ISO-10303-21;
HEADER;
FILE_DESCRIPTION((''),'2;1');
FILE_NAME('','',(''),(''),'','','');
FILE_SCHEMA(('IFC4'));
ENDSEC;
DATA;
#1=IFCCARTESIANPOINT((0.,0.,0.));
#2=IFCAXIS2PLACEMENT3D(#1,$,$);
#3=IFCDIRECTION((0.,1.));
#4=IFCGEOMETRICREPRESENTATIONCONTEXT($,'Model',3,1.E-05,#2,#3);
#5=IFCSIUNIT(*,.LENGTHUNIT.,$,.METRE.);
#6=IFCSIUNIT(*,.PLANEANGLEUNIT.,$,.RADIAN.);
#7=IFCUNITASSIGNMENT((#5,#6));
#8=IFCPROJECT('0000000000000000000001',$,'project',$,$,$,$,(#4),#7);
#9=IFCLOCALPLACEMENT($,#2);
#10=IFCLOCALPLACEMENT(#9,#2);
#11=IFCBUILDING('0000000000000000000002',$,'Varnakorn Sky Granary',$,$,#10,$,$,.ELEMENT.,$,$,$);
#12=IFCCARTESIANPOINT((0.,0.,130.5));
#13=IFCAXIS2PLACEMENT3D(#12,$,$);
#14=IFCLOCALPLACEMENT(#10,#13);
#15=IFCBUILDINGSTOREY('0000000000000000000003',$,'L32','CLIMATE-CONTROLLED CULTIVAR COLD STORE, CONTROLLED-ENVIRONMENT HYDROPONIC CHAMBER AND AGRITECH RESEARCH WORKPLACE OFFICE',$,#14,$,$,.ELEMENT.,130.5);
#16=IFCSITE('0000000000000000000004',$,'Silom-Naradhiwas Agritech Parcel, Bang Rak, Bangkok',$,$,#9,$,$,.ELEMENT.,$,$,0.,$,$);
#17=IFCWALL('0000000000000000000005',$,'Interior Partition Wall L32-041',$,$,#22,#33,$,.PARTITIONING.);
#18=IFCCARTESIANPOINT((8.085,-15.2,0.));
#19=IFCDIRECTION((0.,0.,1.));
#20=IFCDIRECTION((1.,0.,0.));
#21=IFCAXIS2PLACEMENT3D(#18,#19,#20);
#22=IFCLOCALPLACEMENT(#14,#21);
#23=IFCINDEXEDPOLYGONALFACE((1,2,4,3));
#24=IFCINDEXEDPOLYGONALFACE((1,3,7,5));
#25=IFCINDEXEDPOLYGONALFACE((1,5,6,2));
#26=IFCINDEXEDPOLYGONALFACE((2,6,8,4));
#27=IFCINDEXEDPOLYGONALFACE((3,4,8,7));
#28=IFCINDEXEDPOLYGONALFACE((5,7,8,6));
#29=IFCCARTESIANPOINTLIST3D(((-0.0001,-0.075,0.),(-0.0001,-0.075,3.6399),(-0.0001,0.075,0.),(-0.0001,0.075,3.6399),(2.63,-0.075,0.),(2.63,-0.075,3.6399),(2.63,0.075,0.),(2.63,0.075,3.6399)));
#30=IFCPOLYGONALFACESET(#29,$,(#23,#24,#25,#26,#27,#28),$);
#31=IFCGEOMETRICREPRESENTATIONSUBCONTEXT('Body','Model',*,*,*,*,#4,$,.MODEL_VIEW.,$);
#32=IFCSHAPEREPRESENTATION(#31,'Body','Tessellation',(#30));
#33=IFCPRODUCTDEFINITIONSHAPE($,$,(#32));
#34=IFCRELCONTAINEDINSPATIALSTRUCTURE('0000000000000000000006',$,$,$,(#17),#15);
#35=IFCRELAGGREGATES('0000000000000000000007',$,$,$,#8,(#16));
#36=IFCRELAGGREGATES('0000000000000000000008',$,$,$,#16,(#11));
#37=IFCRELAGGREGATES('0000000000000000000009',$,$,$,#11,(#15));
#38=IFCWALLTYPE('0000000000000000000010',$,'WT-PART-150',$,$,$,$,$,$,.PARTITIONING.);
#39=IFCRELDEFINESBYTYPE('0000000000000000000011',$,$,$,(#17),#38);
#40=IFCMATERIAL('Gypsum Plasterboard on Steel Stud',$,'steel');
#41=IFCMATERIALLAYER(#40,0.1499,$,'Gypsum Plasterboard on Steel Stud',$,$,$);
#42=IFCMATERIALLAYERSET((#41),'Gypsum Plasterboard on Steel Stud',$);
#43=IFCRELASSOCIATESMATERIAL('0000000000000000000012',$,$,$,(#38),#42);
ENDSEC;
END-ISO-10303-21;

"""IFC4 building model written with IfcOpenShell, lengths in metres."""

from ifc_helpers import new_model, si_unit, direction, frame, frame_2d, origin, place, context, subcontext, project, spatial, rectangle, extrude, material, layer, layer_set, type_object, element, save


model = new_model("IFC4")

# Units and contexts
model_context = context("Model", 3, precision=1e-05, world=origin(), true_north=direction((0.0, 1.0)))
body_context = subcontext(model_context, "Body", "Model", "MODEL_VIEW")
ifc_project = project(units=[si_unit("LENGTHUNIT", "METRE"), si_unit("PLANEANGLEUNIT", "RADIAN")], contexts=[model_context])

# Site, building, storey
site_placement = place(None, origin())
site = spatial("IfcSite", under=ifc_project, at=site_placement, Name="Silom-Naradhiwas Agritech Parcel, Bang Rak, Bangkok", CompositionType="ELEMENT", RefElevation=0.0)
building_placement = place(site_placement, origin())
building = spatial("IfcBuilding", under=site, at=building_placement, Name="Varnakorn Sky Granary", CompositionType="ELEMENT")
storey_placement = place(building_placement, frame((0.0, 0.0, 130.5)))
storey = spatial("IfcBuildingStorey", under=building, at=storey_placement, Name="L32", Description="CLIMATE-CONTROLLED CULTIVAR COLD STORE, CONTROLLED-ENVIRONMENT HYDROPONIC CHAMBER AND AGRITECH RESEARCH WORKPLACE OFFICE", CompositionType="ELEMENT", Elevation=130.5)

# Shared definitions
ifc_material_1 = material(Name="Gypsum Plasterboard on Steel Stud", Category="steel")
ifc_layer_1 = layer(ifc_material_1, 0.1499, Name="Gypsum Plasterboard on Steel Stud")
ifc_layer_set_1 = layer_set([ifc_layer_1], Name="Gypsum Plasterboard on Steel Stud")
wall_type_1 = type_object("IfcWallType", Name="WT-PART-150", PredefinedType="PARTITIONING", material=ifc_layer_set_1)

# Wall
wall_1_placement = place(storey_placement, frame((8.085, -15.2, 0.0), z_axis=(0.0, 0.0, 1.0), x_axis=(1.0, 0.0, 0.0)))
element("IfcWall", 1, at=wall_1_placement, inside=storey, type_object=wall_type_1, Name="Interior Partition Wall L32-041", PredefinedType="PARTITIONING", context=body_context, shape_type="SweptSolid", body=[
    extrude(rectangle(XDim=2.6301, YDim=0.1499, at=frame_2d((1.3149, 0.0))), origin(), (0.0, 0.0, 1.0), 3.6399),
])

save(model, "model.ifc")
